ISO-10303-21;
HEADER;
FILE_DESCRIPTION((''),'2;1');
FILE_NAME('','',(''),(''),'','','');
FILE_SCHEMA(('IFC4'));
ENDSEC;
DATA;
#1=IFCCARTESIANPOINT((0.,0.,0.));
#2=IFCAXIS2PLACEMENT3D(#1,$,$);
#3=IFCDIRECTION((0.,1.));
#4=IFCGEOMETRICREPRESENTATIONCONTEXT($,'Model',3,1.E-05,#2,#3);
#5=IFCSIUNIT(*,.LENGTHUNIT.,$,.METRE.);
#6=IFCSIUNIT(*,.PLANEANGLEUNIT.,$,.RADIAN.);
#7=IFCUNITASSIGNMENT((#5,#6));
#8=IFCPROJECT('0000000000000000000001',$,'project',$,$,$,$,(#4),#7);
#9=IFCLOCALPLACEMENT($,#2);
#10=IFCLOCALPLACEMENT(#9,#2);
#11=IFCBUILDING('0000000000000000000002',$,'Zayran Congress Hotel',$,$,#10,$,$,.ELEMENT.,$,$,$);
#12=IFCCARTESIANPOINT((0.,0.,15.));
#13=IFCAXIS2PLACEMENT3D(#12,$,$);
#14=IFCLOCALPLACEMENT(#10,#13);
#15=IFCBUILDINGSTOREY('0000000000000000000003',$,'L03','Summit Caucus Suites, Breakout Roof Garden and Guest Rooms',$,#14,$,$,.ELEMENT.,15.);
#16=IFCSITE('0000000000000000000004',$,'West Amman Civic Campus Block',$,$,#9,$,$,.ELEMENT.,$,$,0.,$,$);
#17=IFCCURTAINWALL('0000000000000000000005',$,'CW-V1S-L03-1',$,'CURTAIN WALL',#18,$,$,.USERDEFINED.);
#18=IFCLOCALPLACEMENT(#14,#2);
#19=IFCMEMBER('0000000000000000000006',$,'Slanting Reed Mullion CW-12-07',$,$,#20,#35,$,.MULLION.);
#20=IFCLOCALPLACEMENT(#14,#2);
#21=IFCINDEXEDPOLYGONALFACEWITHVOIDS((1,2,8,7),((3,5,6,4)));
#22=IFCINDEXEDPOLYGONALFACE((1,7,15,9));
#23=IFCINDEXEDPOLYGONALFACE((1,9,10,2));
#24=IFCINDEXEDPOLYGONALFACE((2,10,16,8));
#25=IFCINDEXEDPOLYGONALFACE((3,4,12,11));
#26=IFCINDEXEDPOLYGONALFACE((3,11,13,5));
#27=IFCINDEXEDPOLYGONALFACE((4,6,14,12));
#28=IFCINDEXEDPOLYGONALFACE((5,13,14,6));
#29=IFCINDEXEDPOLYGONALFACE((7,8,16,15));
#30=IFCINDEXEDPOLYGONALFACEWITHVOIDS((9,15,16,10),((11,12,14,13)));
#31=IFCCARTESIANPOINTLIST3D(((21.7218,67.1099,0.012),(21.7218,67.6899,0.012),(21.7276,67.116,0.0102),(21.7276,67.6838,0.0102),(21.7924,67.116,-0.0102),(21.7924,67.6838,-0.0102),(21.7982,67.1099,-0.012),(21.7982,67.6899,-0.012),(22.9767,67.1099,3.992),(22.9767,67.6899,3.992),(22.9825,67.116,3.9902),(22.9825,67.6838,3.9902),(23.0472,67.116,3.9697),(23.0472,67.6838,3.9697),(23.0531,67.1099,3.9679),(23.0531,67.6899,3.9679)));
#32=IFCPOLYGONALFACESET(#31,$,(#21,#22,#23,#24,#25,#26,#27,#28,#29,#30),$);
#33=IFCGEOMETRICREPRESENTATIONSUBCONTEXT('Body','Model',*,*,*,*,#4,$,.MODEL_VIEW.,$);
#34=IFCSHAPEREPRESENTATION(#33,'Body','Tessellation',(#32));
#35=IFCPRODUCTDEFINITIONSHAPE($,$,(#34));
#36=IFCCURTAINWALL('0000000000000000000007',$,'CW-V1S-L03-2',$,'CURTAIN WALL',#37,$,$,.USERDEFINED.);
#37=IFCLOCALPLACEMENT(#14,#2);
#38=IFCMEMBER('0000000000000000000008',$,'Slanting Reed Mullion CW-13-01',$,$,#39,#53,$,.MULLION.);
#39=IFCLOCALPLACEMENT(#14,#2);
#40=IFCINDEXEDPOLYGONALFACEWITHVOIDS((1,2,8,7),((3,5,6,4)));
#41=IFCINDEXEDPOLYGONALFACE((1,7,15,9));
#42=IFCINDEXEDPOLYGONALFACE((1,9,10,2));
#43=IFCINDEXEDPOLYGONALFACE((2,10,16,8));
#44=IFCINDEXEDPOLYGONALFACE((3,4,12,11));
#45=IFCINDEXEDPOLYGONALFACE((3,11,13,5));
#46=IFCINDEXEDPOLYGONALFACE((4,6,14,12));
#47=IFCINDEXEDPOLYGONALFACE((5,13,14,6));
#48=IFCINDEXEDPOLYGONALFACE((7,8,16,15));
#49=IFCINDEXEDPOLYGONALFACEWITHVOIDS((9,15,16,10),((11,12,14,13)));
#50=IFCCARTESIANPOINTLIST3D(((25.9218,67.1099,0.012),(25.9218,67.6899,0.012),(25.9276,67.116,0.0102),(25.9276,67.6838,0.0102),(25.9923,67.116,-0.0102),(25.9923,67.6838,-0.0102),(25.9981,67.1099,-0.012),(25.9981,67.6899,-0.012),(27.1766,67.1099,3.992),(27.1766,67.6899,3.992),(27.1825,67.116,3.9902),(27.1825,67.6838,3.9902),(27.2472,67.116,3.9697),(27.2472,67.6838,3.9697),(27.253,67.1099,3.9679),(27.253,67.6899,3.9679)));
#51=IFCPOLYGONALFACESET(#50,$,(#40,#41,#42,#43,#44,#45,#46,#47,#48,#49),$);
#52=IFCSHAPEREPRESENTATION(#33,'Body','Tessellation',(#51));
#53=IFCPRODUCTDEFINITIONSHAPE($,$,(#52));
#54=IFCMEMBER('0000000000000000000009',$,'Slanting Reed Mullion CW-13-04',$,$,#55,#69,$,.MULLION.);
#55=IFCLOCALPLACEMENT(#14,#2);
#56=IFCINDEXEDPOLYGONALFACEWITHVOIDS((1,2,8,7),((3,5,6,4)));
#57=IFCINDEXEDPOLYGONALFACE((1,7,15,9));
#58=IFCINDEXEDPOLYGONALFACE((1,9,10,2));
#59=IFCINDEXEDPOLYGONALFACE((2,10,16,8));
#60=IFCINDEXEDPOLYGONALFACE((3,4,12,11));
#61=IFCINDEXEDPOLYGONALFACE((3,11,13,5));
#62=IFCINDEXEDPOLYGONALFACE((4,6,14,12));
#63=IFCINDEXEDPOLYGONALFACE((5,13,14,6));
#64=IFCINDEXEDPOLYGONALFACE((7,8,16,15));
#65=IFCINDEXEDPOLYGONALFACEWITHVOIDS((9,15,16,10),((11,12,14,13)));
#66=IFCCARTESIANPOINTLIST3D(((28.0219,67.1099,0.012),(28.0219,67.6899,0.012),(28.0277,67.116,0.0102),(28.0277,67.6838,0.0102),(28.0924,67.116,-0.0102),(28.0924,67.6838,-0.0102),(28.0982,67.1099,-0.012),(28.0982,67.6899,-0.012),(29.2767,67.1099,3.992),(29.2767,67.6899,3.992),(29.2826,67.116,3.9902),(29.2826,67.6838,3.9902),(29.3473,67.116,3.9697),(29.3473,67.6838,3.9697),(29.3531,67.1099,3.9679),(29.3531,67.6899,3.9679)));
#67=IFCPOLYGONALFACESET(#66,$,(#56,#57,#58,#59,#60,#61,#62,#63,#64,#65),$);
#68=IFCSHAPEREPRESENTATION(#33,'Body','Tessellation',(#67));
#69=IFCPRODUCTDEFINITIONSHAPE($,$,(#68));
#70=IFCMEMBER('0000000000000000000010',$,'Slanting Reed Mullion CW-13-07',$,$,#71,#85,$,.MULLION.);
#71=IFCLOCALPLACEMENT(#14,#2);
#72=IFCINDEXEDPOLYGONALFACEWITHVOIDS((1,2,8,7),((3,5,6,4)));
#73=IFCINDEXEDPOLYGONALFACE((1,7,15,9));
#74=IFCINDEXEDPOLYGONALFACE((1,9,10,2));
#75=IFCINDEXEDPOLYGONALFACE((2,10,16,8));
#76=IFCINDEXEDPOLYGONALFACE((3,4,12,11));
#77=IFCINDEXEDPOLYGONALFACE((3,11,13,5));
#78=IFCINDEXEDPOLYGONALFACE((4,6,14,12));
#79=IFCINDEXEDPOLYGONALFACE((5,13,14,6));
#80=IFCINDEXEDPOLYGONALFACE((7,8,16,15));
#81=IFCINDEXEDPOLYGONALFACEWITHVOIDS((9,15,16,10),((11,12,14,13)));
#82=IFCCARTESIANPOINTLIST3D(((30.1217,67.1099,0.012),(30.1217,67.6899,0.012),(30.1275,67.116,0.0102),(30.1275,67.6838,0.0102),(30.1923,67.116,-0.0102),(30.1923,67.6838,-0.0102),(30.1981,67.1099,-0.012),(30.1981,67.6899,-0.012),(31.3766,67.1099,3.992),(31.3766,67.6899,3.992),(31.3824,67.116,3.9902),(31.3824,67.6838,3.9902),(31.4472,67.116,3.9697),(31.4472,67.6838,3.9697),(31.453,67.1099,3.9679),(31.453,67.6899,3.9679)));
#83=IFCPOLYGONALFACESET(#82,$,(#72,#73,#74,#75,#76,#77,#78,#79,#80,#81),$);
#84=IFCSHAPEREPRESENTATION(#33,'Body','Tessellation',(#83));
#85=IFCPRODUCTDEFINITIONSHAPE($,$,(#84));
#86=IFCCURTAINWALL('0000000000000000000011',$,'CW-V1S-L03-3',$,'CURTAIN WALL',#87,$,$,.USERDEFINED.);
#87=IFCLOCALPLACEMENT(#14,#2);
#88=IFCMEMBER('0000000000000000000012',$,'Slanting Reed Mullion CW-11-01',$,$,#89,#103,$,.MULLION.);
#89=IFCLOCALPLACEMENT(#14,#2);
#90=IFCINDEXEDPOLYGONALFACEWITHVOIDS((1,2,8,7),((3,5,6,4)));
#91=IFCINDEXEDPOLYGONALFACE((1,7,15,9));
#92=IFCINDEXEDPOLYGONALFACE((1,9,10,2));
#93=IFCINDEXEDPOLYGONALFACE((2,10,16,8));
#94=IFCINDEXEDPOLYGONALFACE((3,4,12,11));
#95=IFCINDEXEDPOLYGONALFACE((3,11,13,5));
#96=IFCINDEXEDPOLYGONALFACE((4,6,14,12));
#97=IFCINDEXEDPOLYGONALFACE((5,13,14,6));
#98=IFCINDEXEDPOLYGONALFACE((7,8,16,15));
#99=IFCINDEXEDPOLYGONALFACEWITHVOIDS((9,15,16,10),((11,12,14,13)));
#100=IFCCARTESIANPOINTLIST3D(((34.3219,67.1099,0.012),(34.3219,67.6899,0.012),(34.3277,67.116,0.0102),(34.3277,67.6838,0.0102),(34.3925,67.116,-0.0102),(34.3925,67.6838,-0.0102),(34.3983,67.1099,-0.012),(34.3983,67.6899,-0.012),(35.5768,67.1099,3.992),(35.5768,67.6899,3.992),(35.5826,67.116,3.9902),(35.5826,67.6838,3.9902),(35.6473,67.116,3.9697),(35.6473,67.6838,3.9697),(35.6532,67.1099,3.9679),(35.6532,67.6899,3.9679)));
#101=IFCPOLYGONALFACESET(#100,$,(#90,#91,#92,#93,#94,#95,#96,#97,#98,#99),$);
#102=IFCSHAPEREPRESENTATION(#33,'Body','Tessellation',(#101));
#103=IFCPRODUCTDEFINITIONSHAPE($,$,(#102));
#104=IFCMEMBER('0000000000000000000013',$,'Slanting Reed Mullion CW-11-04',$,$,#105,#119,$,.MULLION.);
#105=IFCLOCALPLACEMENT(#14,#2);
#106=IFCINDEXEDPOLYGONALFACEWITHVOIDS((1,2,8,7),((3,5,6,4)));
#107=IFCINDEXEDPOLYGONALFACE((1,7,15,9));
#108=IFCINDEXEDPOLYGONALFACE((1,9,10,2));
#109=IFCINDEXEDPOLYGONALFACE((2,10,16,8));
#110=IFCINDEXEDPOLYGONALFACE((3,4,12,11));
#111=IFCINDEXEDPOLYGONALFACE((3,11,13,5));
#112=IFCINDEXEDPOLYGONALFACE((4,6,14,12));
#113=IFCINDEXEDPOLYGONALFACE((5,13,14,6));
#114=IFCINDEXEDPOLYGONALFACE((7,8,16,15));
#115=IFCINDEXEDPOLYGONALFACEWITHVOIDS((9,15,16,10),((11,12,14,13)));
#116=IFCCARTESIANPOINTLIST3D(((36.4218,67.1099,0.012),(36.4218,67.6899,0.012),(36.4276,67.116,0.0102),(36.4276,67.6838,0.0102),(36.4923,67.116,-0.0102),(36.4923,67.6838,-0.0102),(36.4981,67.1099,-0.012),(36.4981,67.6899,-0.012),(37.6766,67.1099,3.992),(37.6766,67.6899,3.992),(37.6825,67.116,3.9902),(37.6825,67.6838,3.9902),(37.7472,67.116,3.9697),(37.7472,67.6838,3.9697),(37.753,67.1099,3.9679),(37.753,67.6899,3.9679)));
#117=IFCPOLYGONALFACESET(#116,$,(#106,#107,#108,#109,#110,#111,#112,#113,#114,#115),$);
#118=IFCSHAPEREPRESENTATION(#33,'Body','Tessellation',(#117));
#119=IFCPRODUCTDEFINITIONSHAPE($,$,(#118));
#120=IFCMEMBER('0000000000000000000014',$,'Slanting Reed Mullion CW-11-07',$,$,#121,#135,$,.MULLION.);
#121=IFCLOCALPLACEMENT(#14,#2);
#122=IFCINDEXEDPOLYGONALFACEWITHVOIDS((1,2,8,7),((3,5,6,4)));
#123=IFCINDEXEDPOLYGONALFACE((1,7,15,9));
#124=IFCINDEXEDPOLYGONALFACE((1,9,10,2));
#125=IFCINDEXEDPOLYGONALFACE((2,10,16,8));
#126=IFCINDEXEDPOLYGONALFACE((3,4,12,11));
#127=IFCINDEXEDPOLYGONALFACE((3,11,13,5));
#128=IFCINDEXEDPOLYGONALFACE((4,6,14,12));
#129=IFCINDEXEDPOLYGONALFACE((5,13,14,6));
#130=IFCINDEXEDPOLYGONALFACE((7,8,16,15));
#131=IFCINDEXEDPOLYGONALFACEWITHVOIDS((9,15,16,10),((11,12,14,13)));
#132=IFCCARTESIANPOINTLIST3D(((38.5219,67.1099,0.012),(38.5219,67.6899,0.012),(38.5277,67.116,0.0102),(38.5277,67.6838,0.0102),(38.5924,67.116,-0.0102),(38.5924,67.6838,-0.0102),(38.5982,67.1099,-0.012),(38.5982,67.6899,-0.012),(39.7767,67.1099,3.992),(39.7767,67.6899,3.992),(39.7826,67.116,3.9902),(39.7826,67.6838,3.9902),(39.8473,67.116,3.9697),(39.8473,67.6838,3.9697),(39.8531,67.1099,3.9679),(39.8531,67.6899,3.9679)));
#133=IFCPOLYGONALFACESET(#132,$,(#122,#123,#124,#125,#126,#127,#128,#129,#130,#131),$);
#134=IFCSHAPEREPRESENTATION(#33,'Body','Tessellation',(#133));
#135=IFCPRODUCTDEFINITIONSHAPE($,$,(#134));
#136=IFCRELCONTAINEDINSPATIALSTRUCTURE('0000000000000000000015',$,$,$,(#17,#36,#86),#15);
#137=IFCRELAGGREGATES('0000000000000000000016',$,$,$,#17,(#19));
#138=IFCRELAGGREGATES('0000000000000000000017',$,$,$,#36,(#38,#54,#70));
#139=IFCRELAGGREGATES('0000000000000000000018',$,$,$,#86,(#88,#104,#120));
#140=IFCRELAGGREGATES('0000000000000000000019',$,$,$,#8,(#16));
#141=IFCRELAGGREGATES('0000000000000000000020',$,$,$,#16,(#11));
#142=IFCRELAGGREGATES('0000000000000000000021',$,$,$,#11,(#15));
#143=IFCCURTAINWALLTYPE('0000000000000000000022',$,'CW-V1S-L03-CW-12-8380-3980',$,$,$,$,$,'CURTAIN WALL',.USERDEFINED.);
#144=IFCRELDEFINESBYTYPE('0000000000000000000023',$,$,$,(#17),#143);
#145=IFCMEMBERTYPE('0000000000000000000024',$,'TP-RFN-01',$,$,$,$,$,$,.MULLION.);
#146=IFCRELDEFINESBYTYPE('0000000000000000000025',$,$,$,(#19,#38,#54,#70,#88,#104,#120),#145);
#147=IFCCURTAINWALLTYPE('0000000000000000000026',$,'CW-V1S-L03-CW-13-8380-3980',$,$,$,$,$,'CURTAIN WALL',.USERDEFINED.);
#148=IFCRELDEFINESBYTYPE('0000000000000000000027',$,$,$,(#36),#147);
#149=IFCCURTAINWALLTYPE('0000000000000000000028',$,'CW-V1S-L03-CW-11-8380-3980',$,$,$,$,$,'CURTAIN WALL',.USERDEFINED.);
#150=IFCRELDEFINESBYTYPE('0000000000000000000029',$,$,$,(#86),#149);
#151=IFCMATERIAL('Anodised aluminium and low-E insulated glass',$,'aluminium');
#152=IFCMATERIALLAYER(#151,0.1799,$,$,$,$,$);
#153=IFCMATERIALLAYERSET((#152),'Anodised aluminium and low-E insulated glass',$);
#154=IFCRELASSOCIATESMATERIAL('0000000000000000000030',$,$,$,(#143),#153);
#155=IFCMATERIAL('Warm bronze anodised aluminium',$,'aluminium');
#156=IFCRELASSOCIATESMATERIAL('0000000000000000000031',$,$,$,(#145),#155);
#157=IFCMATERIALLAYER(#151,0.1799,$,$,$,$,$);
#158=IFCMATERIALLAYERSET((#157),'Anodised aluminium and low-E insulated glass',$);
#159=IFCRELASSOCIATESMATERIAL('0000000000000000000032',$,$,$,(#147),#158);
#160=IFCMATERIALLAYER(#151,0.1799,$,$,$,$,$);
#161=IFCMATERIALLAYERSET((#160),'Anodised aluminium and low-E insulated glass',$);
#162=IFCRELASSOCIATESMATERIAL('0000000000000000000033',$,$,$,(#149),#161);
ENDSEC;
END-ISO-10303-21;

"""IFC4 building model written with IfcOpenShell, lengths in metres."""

from ifc_helpers import new_model, si_unit, direction, frame, origin, origin_2d, place, context, subcontext, project, spatial, hollow_rectangle, extrude, material, layer, layer_set, material_profile, profile_set, type_object, element, aggregate, save


model = new_model("IFC4")

# Units and contexts
model_context = context("Model", 3, precision=1e-05, world=origin(), true_north=direction((0.0, 1.0)))
body_context = subcontext(model_context, "Body", "Model", "MODEL_VIEW")
ifc_project = project(units=[si_unit("LENGTHUNIT", "METRE"), si_unit("PLANEANGLEUNIT", "RADIAN")], contexts=[model_context])

# Site, building, storey
site_placement = place(None, origin())
site = spatial("IfcSite", under=ifc_project, at=site_placement, Name="West Amman Civic Campus Block", CompositionType="ELEMENT", RefElevation=0.0)
building_placement = place(site_placement, origin())
building = spatial("IfcBuilding", under=site, at=building_placement, Name="Zayran Congress Hotel", CompositionType="ELEMENT")
storey_placement = place(building_placement, frame((0.0, 0.0, 15.0)))
storey = spatial("IfcBuildingStorey", under=building, at=storey_placement, Name="L03", Description="Summit Caucus Suites, Breakout Roof Garden and Guest Rooms", CompositionType="ELEMENT", Elevation=15.0)

# Curtain wall, member
ifc_material_1 = material(Name="Anodised aluminium and low-E insulated glass", Category="aluminium")
ifc_layer_1 = layer(ifc_material_1, 0.1799)
ifc_layer_set_1 = layer_set([ifc_layer_1], Name="Anodised aluminium and low-E insulated glass")
curtain_wall_type_1 = type_object("IfcCurtainWallType", Name="CW-V1S-L03-CW-12-8380-3980", ElementType="CURTAIN WALL", PredefinedType="USERDEFINED", material=ifc_layer_set_1)
curtain_wall_1_placement = place(storey_placement, origin())
curtain_wall_1 = element("IfcCurtainWall", 1, at=curtain_wall_1_placement, inside=storey, type_object=curtain_wall_type_1, Name="CW-V1S-L03-1", ObjectType="CURTAIN WALL", PredefinedType="USERDEFINED")
ifc_material_2 = material(Name="Warm bronze anodised aluminium", Category="aluminium")
ifc_material_profile = material_profile(ifc_material_2, hollow_rectangle(XDim=0.0801, YDim=0.5801, WallThickness=0.0061, at=origin_2d()), Name="RHS 580x80x6")
ifc_profile_set = profile_set([ifc_material_profile], Name="Warm bronze anodised aluminium")
member_type = type_object("IfcMemberType", Name="TP-RFN-01", PredefinedType="MULLION", material=ifc_profile_set)
member_1_placement = place(storey_placement, frame((21.76, 67.3999, 0.0), z_axis=(0.300706, 0.0, 0.953717), x_axis=(-0.953717, 0.0, 0.300706)))
member_1 = element("IfcMember", 2, at=member_1_placement, type_object=member_type, Name="Slanting Reed Mullion CW-12-07", PredefinedType="MULLION", context=body_context, shape_type="SweptSolid", body=[
    extrude(hollow_rectangle(XDim=0.0801, YDim=0.5801, WallThickness=0.0061, at=origin_2d()), origin(), (0.0, 0.0, 1.0), 4.1731),
])
aggregate(curtain_wall_1, [member_1])

# Curtain walls, members
ifc_layer_2 = layer(ifc_material_1, 0.1799)
ifc_layer_set_2 = layer_set([ifc_layer_2], Name="Anodised aluminium and low-E insulated glass")
curtain_wall_type_2 = type_object("IfcCurtainWallType", Name="CW-V1S-L03-CW-13-8380-3980", ElementType="CURTAIN WALL", PredefinedType="USERDEFINED", material=ifc_layer_set_2)
curtain_wall_2_placement = place(storey_placement, origin())
curtain_wall_2 = element("IfcCurtainWall", 3, at=curtain_wall_2_placement, inside=storey, type_object=curtain_wall_type_2, Name="CW-V1S-L03-2", ObjectType="CURTAIN WALL", PredefinedType="USERDEFINED")
member_2_placement = place(storey_placement, frame((25.96, 67.3999, 0.0), z_axis=(0.300706, 0.0, 0.953717), x_axis=(-0.953717, 0.0, 0.300706)))
member_2 = element("IfcMember", 4, at=member_2_placement, type_object=member_type, Name="Slanting Reed Mullion CW-13-01", PredefinedType="MULLION", context=body_context, shape_type="SweptSolid", body=[
    extrude(hollow_rectangle(XDim=0.0801, YDim=0.5801, WallThickness=0.0061, at=origin_2d()), origin(), (0.0, 0.0, 1.0), 4.1731),
])
member_3_placement = place(storey_placement, frame((28.0601, 67.3999, 0.0), z_axis=(0.300706, 0.0, 0.953717), x_axis=(-0.953717, 0.0, 0.300706)))
member_3 = element("IfcMember", 5, at=member_3_placement, type_object=member_type, Name="Slanting Reed Mullion CW-13-04", PredefinedType="MULLION", context=body_context, shape_type="SweptSolid", body=[
    extrude(hollow_rectangle(XDim=0.0801, YDim=0.5801, WallThickness=0.0061, at=origin_2d()), origin(), (0.0, 0.0, 1.0), 4.1731),
])
member_4_placement = place(storey_placement, frame((30.1599, 67.3999, 0.0), z_axis=(0.300706, 0.0, 0.953717), x_axis=(-0.953717, 0.0, 0.300706)))
member_4 = element("IfcMember", 6, at=member_4_placement, type_object=member_type, Name="Slanting Reed Mullion CW-13-07", PredefinedType="MULLION", context=body_context, shape_type="SweptSolid", body=[
    extrude(hollow_rectangle(XDim=0.0801, YDim=0.5801, WallThickness=0.0061, at=origin_2d()), origin(), (0.0, 0.0, 1.0), 4.1731),
])
aggregate(curtain_wall_2, [member_2, member_3, member_4])
ifc_layer_3 = layer(ifc_material_1, 0.1799)
ifc_layer_set_3 = layer_set([ifc_layer_3], Name="Anodised aluminium and low-E insulated glass")
curtain_wall_type_3 = type_object("IfcCurtainWallType", Name="CW-V1S-L03-CW-11-8380-3980", ElementType="CURTAIN WALL", PredefinedType="USERDEFINED", material=ifc_layer_set_3)
curtain_wall_3_placement = place(storey_placement, origin())
curtain_wall_3 = element("IfcCurtainWall", 7, at=curtain_wall_3_placement, inside=storey, type_object=curtain_wall_type_3, Name="CW-V1S-L03-3", ObjectType="CURTAIN WALL", PredefinedType="USERDEFINED")
member_5_placement = place(storey_placement, frame((34.3601, 67.3999, 0.0), z_axis=(0.300706, 0.0, 0.953717), x_axis=(-0.953717, 0.0, 0.300706)))
member_5 = element("IfcMember", 8, at=member_5_placement, type_object=member_type, Name="Slanting Reed Mullion CW-11-01", PredefinedType="MULLION", context=body_context, shape_type="SweptSolid", body=[
    extrude(hollow_rectangle(XDim=0.0801, YDim=0.5801, WallThickness=0.0061, at=origin_2d()), origin(), (0.0, 0.0, 1.0), 4.1731),
])
member_6_placement = place(storey_placement, frame((36.46, 67.3999, 0.0), z_axis=(0.300706, 0.0, 0.953717), x_axis=(-0.953717, 0.0, 0.300706)))
member_6 = element("IfcMember", 9, at=member_6_placement, type_object=member_type, Name="Slanting Reed Mullion CW-11-04", PredefinedType="MULLION", context=body_context, shape_type="SweptSolid", body=[
    extrude(hollow_rectangle(XDim=0.0801, YDim=0.5801, WallThickness=0.0061, at=origin_2d()), origin(), (0.0, 0.0, 1.0), 4.1731),
])
member_7_placement = place(storey_placement, frame((38.5601, 67.3999, 0.0), z_axis=(0.300706, 0.0, 0.953717), x_axis=(-0.953717, 0.0, 0.300706)))
member_7 = element("IfcMember", 10, at=member_7_placement, type_object=member_type, Name="Slanting Reed Mullion CW-11-07", PredefinedType="MULLION", context=body_context, shape_type="SweptSolid", body=[
    extrude(hollow_rectangle(XDim=0.0801, YDim=0.5801, WallThickness=0.0061, at=origin_2d()), origin(), (0.0, 0.0, 1.0), 4.1731),
])
aggregate(curtain_wall_3, [member_5, member_6, member_7])

save(model, "model.ifc")
